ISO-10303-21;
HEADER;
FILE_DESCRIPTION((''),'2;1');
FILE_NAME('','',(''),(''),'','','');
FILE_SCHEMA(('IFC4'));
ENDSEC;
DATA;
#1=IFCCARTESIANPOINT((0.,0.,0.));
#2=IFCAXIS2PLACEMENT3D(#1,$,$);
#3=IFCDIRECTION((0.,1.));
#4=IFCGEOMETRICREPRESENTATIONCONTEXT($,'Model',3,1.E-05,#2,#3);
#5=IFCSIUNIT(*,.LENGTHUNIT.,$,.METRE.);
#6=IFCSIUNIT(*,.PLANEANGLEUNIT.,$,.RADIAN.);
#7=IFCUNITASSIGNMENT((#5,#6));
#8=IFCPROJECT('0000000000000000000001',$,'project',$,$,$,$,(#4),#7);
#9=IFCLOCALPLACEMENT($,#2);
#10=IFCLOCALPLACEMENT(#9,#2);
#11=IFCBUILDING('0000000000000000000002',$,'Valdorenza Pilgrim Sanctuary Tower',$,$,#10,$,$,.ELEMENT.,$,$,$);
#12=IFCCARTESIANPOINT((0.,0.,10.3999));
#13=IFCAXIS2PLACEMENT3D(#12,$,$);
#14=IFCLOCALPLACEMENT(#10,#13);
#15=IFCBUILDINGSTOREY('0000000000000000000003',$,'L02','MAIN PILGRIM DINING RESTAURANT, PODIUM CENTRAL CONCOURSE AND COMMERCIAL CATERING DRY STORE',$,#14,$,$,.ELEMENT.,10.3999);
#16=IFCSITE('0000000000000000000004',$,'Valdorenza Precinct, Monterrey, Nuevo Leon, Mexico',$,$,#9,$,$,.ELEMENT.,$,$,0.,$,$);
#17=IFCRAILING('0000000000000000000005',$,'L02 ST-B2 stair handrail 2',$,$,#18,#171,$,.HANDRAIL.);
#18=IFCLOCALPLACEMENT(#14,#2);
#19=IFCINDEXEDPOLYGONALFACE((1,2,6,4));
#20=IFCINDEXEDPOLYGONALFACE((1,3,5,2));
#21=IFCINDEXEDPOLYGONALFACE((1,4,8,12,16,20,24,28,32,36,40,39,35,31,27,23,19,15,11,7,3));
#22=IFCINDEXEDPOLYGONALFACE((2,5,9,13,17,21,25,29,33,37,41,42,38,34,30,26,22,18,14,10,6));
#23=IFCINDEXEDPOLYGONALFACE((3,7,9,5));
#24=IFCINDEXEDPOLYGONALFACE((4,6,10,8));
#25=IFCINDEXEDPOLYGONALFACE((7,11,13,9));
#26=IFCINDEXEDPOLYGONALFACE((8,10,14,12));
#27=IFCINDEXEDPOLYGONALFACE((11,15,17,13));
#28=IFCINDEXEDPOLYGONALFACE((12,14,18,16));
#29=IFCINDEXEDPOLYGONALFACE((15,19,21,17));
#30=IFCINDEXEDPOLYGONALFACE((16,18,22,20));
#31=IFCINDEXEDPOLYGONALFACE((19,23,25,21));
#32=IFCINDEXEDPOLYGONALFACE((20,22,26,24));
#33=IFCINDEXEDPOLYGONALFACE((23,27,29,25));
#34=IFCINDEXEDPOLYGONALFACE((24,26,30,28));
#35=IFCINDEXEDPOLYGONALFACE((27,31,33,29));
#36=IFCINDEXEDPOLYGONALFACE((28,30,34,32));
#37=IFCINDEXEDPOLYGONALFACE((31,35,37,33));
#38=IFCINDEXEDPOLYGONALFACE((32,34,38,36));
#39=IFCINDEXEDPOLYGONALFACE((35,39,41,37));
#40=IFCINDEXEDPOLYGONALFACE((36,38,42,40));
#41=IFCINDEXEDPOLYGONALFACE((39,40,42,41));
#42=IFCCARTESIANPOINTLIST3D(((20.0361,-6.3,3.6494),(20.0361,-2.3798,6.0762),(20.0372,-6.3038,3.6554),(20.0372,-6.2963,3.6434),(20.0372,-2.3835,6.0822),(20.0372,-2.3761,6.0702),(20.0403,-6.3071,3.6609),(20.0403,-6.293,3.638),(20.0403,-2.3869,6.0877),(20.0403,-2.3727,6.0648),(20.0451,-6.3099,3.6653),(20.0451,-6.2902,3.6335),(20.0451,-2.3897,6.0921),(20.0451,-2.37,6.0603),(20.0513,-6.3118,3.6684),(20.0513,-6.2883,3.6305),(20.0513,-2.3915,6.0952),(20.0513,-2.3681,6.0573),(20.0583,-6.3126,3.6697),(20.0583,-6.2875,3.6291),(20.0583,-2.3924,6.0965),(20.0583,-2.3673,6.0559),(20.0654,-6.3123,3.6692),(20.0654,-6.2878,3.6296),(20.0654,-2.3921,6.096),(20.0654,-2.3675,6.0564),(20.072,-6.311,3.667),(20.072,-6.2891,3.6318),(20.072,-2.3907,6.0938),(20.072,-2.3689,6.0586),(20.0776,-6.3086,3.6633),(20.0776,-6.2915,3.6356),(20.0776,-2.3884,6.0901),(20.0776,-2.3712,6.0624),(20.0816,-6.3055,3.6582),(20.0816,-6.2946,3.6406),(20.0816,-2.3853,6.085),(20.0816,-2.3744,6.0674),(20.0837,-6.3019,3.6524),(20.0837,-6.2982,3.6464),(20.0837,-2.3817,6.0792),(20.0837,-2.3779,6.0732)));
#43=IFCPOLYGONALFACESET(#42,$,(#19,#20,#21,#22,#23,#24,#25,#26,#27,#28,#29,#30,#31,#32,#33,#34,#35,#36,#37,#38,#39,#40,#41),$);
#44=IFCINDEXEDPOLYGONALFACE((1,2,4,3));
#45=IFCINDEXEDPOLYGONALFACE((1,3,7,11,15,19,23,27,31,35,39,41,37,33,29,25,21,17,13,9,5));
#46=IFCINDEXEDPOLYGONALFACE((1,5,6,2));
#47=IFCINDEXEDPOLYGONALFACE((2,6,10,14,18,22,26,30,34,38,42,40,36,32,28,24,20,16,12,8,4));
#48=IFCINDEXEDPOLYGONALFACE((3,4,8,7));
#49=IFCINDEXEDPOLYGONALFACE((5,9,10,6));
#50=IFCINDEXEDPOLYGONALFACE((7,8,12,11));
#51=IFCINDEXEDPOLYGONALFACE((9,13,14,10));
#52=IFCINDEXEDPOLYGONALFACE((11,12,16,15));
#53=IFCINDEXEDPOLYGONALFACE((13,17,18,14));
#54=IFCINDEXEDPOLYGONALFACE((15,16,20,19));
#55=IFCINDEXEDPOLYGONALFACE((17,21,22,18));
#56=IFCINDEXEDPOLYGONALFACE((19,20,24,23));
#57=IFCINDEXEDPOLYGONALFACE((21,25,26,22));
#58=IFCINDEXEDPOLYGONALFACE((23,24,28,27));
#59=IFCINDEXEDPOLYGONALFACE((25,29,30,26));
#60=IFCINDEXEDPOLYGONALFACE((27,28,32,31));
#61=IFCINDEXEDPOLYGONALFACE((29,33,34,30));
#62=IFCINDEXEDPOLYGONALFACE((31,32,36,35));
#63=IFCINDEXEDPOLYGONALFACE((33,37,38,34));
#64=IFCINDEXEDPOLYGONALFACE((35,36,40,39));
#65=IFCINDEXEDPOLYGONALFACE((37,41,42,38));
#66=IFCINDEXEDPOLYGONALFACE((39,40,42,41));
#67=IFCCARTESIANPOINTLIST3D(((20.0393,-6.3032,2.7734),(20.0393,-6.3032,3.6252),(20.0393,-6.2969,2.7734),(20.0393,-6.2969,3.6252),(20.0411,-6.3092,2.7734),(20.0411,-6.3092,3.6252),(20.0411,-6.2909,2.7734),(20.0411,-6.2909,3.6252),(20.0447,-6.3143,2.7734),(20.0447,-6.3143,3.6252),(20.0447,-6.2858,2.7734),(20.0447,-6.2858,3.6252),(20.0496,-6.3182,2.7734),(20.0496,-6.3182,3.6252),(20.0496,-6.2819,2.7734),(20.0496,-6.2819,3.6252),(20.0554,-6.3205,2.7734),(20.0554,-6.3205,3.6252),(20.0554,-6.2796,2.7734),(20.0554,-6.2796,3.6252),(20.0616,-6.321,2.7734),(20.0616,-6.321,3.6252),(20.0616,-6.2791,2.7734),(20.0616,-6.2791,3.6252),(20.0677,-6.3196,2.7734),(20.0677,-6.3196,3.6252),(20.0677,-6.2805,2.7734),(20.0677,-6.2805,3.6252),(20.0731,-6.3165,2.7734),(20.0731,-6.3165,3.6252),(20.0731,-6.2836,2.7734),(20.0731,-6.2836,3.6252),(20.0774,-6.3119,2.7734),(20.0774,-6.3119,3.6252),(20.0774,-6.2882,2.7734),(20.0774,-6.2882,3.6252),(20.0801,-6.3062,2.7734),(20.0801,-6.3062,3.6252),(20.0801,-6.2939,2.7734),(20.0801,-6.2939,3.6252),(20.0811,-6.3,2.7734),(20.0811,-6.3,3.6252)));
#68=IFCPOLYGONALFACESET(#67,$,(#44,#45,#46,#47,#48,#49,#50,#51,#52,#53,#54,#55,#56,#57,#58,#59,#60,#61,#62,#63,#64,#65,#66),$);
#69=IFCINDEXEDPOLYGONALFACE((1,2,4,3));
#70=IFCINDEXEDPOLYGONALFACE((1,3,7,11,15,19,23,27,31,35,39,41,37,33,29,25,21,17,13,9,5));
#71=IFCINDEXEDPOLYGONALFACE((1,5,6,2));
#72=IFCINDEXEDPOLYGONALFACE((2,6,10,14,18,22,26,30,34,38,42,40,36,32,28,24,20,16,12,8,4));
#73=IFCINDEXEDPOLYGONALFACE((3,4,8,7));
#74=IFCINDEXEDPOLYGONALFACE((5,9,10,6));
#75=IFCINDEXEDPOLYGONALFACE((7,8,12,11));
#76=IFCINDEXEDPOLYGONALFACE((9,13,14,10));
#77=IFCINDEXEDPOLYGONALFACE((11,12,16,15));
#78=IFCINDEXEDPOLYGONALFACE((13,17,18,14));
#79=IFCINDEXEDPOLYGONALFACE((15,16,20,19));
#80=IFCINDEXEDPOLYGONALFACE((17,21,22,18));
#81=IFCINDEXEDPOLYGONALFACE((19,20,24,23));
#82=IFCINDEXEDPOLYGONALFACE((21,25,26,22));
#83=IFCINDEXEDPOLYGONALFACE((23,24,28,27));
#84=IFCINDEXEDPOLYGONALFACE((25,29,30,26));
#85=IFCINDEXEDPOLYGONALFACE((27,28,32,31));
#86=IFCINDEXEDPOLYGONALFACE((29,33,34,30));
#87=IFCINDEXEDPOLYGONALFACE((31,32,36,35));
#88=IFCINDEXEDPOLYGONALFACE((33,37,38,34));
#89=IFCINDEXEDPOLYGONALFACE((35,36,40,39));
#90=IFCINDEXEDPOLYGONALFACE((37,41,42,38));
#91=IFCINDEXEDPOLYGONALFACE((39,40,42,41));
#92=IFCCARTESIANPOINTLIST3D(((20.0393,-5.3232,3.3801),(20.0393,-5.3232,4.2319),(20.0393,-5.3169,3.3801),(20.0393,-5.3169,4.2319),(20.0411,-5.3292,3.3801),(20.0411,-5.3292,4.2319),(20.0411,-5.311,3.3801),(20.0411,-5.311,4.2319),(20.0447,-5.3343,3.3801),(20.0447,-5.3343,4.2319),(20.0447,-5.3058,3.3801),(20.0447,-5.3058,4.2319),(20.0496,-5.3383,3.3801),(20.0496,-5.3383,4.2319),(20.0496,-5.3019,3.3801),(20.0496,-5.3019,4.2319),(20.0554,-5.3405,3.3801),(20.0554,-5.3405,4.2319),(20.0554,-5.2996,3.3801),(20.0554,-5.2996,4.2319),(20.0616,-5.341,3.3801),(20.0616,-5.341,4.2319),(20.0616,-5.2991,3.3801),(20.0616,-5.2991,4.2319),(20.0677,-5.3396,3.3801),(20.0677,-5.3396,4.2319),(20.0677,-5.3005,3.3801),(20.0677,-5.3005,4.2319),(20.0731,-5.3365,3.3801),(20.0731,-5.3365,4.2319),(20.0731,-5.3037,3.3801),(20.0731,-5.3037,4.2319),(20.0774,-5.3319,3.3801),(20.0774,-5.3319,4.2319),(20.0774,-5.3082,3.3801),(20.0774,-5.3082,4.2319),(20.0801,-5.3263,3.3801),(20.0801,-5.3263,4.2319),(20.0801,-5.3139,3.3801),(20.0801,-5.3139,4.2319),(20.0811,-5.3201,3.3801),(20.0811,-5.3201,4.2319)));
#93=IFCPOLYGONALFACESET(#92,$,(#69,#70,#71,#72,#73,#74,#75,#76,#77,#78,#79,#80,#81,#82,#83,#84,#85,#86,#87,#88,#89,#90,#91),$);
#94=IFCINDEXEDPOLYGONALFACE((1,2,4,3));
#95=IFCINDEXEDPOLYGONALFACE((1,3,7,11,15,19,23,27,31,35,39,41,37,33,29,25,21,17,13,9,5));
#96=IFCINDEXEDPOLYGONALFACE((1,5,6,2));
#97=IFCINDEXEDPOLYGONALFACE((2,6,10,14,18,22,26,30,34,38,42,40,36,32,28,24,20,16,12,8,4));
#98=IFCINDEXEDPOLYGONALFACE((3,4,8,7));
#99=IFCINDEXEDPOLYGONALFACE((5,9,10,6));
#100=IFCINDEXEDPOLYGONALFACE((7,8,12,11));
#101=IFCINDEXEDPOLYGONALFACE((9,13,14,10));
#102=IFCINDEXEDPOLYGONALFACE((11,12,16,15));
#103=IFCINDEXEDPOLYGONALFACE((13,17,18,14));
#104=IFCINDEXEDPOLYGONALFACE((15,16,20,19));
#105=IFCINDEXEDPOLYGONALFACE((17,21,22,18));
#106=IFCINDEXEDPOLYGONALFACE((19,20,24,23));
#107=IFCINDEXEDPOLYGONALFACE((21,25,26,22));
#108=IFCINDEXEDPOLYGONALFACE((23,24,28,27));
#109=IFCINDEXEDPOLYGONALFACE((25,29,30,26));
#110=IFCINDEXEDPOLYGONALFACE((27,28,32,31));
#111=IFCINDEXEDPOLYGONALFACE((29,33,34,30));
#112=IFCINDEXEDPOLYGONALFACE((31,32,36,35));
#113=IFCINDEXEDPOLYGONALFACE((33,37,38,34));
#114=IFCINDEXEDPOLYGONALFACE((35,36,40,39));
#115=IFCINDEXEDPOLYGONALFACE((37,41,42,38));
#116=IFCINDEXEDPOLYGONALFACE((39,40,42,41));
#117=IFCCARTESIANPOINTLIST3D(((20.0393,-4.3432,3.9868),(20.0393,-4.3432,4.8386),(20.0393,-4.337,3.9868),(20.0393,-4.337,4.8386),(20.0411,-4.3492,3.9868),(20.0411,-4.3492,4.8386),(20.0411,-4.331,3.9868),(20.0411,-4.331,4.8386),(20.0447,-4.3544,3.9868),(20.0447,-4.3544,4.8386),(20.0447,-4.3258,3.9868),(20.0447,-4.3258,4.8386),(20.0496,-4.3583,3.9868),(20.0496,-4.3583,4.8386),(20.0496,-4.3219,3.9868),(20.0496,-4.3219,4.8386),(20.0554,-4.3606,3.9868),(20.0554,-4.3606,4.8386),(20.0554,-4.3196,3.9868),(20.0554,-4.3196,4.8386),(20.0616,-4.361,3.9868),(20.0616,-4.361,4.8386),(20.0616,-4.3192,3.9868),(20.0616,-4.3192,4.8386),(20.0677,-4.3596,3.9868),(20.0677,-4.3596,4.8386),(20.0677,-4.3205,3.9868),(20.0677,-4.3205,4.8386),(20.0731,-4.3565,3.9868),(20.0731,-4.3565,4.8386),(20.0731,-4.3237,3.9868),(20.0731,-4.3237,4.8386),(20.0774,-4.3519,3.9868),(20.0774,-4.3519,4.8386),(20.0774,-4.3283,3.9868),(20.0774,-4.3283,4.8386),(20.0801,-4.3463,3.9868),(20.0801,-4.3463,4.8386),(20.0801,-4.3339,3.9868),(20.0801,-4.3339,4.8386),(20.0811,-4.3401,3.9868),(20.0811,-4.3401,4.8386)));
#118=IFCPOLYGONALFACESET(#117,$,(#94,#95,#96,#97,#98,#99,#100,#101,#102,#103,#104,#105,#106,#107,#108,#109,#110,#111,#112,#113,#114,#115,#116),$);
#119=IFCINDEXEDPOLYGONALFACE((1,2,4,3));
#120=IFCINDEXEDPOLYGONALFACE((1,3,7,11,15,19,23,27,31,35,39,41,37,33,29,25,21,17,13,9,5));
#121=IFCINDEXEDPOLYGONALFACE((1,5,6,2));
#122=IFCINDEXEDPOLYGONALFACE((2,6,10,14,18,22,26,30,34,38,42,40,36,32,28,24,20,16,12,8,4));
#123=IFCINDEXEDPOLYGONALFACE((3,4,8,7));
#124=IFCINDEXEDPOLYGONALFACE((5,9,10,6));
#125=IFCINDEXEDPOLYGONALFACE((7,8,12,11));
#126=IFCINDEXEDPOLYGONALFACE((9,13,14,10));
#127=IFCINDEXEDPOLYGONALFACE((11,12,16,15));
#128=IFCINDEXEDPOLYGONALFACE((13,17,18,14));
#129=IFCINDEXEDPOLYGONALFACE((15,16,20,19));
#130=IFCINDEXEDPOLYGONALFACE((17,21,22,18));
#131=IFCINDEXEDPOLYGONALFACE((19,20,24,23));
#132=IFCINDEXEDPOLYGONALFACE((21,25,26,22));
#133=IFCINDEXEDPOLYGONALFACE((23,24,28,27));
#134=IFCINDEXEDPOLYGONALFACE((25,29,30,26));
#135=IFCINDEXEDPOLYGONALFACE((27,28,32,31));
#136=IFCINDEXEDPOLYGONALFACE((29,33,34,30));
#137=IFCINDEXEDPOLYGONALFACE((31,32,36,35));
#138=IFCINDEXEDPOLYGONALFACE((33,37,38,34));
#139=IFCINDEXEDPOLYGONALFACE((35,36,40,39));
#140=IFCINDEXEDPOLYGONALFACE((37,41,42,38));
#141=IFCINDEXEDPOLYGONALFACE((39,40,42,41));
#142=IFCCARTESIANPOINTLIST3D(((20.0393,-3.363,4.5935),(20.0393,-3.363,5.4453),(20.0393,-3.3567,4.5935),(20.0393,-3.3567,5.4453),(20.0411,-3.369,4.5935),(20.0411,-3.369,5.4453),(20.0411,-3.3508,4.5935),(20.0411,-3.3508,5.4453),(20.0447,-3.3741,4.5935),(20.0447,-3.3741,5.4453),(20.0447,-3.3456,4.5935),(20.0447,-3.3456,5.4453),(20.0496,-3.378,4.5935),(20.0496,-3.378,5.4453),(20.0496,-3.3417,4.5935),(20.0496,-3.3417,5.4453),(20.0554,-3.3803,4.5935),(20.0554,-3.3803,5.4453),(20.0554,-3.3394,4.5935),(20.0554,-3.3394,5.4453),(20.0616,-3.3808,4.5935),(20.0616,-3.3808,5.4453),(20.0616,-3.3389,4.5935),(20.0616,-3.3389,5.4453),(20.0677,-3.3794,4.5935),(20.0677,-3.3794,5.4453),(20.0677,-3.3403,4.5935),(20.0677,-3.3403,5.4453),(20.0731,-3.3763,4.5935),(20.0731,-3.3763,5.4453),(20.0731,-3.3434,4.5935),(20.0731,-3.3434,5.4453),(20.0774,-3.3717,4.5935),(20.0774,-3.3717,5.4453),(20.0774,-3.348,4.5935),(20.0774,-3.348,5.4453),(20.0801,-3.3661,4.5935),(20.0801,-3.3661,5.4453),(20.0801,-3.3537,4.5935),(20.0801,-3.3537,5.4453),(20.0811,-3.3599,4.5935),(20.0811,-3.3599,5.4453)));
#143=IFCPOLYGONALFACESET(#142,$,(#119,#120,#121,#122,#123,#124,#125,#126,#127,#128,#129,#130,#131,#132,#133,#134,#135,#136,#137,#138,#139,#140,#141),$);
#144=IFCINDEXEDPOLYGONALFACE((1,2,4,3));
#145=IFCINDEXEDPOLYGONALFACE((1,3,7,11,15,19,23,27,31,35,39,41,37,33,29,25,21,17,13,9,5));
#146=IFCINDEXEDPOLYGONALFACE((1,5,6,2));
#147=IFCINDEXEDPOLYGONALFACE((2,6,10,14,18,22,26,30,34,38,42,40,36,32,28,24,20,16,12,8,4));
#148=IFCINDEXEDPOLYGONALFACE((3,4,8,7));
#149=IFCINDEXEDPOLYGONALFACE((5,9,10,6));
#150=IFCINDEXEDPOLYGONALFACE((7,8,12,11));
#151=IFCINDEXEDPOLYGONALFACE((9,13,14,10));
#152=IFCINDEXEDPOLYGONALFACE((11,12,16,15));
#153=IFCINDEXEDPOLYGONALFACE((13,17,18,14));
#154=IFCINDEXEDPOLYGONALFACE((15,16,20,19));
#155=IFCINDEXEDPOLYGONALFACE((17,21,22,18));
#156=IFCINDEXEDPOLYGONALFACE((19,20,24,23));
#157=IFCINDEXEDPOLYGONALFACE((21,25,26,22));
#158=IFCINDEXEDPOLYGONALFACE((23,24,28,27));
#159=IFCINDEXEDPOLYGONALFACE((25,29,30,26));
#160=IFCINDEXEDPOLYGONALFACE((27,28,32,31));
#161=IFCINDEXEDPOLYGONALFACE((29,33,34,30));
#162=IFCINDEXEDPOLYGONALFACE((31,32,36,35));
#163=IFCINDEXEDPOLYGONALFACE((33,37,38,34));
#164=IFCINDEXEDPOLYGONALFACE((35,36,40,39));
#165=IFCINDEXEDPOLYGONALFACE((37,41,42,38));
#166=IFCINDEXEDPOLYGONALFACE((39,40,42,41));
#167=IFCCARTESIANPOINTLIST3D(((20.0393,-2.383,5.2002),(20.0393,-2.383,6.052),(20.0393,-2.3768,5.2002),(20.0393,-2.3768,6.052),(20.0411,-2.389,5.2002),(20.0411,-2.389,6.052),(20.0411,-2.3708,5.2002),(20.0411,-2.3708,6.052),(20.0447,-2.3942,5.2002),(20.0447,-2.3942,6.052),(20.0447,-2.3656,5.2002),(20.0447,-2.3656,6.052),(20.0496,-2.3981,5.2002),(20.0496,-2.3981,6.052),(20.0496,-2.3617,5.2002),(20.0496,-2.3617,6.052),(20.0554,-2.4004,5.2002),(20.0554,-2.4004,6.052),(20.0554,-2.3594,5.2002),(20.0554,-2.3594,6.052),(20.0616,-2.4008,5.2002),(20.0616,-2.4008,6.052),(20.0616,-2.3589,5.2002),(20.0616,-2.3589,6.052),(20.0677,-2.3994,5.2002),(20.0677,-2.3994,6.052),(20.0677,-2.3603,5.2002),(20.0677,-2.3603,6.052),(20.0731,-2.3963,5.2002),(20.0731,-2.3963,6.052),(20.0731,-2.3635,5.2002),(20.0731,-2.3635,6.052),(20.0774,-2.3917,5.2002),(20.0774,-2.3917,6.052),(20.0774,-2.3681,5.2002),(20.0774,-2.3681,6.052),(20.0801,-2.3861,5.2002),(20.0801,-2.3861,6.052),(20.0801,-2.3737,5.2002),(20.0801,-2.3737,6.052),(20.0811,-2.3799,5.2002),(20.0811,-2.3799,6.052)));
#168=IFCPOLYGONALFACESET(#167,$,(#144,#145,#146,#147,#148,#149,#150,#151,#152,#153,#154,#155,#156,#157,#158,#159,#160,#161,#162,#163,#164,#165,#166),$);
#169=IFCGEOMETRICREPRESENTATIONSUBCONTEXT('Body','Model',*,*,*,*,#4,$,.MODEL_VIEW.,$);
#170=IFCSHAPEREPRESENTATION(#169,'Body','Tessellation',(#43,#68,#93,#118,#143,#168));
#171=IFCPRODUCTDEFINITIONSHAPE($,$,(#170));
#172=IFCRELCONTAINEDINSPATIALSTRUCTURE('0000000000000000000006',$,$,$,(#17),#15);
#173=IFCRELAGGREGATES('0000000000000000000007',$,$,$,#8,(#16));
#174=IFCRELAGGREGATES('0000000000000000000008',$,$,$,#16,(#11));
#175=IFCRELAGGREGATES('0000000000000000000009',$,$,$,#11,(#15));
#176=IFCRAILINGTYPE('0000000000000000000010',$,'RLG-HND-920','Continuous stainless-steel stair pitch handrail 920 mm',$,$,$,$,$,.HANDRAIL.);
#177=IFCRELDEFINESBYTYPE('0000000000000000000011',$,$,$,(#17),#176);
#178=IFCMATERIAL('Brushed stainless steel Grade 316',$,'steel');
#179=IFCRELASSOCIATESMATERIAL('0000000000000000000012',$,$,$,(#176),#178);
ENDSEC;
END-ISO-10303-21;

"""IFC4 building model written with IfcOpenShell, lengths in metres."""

from ifc_helpers import new_model, si_unit, direction, frame, origin, origin_2d, place, context, subcontext, project, spatial, circle, extrude, material, type_object, element, save


model = new_model("IFC4")

# Units and contexts
model_context = context("Model", 3, precision=1e-05, world=origin(), true_north=direction((0.0, 1.0)))
body_context = subcontext(model_context, "Body", "Model", "MODEL_VIEW")
ifc_project = project(units=[si_unit("LENGTHUNIT", "METRE"), si_unit("PLANEANGLEUNIT", "RADIAN")], contexts=[model_context])

# Site, building, storey
site_placement = place(None, origin())
site = spatial("IfcSite", under=ifc_project, at=site_placement, Name="Valdorenza Precinct, Monterrey, Nuevo Leon, Mexico", CompositionType="ELEMENT", RefElevation=0.0)
building_placement = place(site_placement, origin())
building = spatial("IfcBuilding", under=site, at=building_placement, Name="Valdorenza Pilgrim Sanctuary Tower", CompositionType="ELEMENT")
storey_placement = place(building_placement, frame((0.0, 0.0, 10.3999)))
storey = spatial("IfcBuildingStorey", under=building, at=storey_placement, Name="L02", Description="MAIN PILGRIM DINING RESTAURANT, PODIUM CENTRAL CONCOURSE AND COMMERCIAL CATERING DRY STORE", CompositionType="ELEMENT", Elevation=10.3999)

# Shared definitions
ifc_material_1 = material(Name="Brushed stainless steel Grade 316", Category="steel")

# Railing
railing_type_1 = type_object("IfcRailingType", Name="RLG-HND-920", Description="Continuous stainless-steel stair pitch handrail 920 mm", PredefinedType="HANDRAIL", material=ifc_material_1)
railing_1_placement = place(storey_placement, frame((20.0601, -6.3, 2.7734)))
element("IfcRailing", 1, at=railing_1_placement, inside=storey, type_object=railing_type_1, Name="L02 ST-B2 stair handrail 2", PredefinedType="HANDRAIL", context=body_context, shape_type="SweptSolid", body=[
    extrude(circle(Radius=0.0239, at=origin_2d()), frame((0.0, 0.0, 0.876), z_axis=(0.0, 0.850266, 0.526353), x_axis=(-1.0, 0.0, 0.0)), (0.0, 0.0, 1.0), 4.6106),
    extrude(circle(Radius=0.021, at=origin_2d()), origin(), (0.0, 0.0, 1.0), 0.8518),
    extrude(circle(Radius=0.021, at=origin_2d()), frame((0.0, 0.98, 0.6067)), (0.0, 0.0, 1.0), 0.8518),
    extrude(circle(Radius=0.021, at=origin_2d()), frame((0.0, 1.96, 1.2134)), (0.0, 0.0, 1.0), 0.8518),
    extrude(circle(Radius=0.021, at=origin_2d()), frame((0.0, 2.9402, 1.8201)), (0.0, 0.0, 1.0), 0.8518),
    extrude(circle(Radius=0.021, at=origin_2d()), frame((0.0, 3.9202, 2.4268)), (0.0, 0.0, 1.0), 0.8518),
])

save(model, "model.ifc")
